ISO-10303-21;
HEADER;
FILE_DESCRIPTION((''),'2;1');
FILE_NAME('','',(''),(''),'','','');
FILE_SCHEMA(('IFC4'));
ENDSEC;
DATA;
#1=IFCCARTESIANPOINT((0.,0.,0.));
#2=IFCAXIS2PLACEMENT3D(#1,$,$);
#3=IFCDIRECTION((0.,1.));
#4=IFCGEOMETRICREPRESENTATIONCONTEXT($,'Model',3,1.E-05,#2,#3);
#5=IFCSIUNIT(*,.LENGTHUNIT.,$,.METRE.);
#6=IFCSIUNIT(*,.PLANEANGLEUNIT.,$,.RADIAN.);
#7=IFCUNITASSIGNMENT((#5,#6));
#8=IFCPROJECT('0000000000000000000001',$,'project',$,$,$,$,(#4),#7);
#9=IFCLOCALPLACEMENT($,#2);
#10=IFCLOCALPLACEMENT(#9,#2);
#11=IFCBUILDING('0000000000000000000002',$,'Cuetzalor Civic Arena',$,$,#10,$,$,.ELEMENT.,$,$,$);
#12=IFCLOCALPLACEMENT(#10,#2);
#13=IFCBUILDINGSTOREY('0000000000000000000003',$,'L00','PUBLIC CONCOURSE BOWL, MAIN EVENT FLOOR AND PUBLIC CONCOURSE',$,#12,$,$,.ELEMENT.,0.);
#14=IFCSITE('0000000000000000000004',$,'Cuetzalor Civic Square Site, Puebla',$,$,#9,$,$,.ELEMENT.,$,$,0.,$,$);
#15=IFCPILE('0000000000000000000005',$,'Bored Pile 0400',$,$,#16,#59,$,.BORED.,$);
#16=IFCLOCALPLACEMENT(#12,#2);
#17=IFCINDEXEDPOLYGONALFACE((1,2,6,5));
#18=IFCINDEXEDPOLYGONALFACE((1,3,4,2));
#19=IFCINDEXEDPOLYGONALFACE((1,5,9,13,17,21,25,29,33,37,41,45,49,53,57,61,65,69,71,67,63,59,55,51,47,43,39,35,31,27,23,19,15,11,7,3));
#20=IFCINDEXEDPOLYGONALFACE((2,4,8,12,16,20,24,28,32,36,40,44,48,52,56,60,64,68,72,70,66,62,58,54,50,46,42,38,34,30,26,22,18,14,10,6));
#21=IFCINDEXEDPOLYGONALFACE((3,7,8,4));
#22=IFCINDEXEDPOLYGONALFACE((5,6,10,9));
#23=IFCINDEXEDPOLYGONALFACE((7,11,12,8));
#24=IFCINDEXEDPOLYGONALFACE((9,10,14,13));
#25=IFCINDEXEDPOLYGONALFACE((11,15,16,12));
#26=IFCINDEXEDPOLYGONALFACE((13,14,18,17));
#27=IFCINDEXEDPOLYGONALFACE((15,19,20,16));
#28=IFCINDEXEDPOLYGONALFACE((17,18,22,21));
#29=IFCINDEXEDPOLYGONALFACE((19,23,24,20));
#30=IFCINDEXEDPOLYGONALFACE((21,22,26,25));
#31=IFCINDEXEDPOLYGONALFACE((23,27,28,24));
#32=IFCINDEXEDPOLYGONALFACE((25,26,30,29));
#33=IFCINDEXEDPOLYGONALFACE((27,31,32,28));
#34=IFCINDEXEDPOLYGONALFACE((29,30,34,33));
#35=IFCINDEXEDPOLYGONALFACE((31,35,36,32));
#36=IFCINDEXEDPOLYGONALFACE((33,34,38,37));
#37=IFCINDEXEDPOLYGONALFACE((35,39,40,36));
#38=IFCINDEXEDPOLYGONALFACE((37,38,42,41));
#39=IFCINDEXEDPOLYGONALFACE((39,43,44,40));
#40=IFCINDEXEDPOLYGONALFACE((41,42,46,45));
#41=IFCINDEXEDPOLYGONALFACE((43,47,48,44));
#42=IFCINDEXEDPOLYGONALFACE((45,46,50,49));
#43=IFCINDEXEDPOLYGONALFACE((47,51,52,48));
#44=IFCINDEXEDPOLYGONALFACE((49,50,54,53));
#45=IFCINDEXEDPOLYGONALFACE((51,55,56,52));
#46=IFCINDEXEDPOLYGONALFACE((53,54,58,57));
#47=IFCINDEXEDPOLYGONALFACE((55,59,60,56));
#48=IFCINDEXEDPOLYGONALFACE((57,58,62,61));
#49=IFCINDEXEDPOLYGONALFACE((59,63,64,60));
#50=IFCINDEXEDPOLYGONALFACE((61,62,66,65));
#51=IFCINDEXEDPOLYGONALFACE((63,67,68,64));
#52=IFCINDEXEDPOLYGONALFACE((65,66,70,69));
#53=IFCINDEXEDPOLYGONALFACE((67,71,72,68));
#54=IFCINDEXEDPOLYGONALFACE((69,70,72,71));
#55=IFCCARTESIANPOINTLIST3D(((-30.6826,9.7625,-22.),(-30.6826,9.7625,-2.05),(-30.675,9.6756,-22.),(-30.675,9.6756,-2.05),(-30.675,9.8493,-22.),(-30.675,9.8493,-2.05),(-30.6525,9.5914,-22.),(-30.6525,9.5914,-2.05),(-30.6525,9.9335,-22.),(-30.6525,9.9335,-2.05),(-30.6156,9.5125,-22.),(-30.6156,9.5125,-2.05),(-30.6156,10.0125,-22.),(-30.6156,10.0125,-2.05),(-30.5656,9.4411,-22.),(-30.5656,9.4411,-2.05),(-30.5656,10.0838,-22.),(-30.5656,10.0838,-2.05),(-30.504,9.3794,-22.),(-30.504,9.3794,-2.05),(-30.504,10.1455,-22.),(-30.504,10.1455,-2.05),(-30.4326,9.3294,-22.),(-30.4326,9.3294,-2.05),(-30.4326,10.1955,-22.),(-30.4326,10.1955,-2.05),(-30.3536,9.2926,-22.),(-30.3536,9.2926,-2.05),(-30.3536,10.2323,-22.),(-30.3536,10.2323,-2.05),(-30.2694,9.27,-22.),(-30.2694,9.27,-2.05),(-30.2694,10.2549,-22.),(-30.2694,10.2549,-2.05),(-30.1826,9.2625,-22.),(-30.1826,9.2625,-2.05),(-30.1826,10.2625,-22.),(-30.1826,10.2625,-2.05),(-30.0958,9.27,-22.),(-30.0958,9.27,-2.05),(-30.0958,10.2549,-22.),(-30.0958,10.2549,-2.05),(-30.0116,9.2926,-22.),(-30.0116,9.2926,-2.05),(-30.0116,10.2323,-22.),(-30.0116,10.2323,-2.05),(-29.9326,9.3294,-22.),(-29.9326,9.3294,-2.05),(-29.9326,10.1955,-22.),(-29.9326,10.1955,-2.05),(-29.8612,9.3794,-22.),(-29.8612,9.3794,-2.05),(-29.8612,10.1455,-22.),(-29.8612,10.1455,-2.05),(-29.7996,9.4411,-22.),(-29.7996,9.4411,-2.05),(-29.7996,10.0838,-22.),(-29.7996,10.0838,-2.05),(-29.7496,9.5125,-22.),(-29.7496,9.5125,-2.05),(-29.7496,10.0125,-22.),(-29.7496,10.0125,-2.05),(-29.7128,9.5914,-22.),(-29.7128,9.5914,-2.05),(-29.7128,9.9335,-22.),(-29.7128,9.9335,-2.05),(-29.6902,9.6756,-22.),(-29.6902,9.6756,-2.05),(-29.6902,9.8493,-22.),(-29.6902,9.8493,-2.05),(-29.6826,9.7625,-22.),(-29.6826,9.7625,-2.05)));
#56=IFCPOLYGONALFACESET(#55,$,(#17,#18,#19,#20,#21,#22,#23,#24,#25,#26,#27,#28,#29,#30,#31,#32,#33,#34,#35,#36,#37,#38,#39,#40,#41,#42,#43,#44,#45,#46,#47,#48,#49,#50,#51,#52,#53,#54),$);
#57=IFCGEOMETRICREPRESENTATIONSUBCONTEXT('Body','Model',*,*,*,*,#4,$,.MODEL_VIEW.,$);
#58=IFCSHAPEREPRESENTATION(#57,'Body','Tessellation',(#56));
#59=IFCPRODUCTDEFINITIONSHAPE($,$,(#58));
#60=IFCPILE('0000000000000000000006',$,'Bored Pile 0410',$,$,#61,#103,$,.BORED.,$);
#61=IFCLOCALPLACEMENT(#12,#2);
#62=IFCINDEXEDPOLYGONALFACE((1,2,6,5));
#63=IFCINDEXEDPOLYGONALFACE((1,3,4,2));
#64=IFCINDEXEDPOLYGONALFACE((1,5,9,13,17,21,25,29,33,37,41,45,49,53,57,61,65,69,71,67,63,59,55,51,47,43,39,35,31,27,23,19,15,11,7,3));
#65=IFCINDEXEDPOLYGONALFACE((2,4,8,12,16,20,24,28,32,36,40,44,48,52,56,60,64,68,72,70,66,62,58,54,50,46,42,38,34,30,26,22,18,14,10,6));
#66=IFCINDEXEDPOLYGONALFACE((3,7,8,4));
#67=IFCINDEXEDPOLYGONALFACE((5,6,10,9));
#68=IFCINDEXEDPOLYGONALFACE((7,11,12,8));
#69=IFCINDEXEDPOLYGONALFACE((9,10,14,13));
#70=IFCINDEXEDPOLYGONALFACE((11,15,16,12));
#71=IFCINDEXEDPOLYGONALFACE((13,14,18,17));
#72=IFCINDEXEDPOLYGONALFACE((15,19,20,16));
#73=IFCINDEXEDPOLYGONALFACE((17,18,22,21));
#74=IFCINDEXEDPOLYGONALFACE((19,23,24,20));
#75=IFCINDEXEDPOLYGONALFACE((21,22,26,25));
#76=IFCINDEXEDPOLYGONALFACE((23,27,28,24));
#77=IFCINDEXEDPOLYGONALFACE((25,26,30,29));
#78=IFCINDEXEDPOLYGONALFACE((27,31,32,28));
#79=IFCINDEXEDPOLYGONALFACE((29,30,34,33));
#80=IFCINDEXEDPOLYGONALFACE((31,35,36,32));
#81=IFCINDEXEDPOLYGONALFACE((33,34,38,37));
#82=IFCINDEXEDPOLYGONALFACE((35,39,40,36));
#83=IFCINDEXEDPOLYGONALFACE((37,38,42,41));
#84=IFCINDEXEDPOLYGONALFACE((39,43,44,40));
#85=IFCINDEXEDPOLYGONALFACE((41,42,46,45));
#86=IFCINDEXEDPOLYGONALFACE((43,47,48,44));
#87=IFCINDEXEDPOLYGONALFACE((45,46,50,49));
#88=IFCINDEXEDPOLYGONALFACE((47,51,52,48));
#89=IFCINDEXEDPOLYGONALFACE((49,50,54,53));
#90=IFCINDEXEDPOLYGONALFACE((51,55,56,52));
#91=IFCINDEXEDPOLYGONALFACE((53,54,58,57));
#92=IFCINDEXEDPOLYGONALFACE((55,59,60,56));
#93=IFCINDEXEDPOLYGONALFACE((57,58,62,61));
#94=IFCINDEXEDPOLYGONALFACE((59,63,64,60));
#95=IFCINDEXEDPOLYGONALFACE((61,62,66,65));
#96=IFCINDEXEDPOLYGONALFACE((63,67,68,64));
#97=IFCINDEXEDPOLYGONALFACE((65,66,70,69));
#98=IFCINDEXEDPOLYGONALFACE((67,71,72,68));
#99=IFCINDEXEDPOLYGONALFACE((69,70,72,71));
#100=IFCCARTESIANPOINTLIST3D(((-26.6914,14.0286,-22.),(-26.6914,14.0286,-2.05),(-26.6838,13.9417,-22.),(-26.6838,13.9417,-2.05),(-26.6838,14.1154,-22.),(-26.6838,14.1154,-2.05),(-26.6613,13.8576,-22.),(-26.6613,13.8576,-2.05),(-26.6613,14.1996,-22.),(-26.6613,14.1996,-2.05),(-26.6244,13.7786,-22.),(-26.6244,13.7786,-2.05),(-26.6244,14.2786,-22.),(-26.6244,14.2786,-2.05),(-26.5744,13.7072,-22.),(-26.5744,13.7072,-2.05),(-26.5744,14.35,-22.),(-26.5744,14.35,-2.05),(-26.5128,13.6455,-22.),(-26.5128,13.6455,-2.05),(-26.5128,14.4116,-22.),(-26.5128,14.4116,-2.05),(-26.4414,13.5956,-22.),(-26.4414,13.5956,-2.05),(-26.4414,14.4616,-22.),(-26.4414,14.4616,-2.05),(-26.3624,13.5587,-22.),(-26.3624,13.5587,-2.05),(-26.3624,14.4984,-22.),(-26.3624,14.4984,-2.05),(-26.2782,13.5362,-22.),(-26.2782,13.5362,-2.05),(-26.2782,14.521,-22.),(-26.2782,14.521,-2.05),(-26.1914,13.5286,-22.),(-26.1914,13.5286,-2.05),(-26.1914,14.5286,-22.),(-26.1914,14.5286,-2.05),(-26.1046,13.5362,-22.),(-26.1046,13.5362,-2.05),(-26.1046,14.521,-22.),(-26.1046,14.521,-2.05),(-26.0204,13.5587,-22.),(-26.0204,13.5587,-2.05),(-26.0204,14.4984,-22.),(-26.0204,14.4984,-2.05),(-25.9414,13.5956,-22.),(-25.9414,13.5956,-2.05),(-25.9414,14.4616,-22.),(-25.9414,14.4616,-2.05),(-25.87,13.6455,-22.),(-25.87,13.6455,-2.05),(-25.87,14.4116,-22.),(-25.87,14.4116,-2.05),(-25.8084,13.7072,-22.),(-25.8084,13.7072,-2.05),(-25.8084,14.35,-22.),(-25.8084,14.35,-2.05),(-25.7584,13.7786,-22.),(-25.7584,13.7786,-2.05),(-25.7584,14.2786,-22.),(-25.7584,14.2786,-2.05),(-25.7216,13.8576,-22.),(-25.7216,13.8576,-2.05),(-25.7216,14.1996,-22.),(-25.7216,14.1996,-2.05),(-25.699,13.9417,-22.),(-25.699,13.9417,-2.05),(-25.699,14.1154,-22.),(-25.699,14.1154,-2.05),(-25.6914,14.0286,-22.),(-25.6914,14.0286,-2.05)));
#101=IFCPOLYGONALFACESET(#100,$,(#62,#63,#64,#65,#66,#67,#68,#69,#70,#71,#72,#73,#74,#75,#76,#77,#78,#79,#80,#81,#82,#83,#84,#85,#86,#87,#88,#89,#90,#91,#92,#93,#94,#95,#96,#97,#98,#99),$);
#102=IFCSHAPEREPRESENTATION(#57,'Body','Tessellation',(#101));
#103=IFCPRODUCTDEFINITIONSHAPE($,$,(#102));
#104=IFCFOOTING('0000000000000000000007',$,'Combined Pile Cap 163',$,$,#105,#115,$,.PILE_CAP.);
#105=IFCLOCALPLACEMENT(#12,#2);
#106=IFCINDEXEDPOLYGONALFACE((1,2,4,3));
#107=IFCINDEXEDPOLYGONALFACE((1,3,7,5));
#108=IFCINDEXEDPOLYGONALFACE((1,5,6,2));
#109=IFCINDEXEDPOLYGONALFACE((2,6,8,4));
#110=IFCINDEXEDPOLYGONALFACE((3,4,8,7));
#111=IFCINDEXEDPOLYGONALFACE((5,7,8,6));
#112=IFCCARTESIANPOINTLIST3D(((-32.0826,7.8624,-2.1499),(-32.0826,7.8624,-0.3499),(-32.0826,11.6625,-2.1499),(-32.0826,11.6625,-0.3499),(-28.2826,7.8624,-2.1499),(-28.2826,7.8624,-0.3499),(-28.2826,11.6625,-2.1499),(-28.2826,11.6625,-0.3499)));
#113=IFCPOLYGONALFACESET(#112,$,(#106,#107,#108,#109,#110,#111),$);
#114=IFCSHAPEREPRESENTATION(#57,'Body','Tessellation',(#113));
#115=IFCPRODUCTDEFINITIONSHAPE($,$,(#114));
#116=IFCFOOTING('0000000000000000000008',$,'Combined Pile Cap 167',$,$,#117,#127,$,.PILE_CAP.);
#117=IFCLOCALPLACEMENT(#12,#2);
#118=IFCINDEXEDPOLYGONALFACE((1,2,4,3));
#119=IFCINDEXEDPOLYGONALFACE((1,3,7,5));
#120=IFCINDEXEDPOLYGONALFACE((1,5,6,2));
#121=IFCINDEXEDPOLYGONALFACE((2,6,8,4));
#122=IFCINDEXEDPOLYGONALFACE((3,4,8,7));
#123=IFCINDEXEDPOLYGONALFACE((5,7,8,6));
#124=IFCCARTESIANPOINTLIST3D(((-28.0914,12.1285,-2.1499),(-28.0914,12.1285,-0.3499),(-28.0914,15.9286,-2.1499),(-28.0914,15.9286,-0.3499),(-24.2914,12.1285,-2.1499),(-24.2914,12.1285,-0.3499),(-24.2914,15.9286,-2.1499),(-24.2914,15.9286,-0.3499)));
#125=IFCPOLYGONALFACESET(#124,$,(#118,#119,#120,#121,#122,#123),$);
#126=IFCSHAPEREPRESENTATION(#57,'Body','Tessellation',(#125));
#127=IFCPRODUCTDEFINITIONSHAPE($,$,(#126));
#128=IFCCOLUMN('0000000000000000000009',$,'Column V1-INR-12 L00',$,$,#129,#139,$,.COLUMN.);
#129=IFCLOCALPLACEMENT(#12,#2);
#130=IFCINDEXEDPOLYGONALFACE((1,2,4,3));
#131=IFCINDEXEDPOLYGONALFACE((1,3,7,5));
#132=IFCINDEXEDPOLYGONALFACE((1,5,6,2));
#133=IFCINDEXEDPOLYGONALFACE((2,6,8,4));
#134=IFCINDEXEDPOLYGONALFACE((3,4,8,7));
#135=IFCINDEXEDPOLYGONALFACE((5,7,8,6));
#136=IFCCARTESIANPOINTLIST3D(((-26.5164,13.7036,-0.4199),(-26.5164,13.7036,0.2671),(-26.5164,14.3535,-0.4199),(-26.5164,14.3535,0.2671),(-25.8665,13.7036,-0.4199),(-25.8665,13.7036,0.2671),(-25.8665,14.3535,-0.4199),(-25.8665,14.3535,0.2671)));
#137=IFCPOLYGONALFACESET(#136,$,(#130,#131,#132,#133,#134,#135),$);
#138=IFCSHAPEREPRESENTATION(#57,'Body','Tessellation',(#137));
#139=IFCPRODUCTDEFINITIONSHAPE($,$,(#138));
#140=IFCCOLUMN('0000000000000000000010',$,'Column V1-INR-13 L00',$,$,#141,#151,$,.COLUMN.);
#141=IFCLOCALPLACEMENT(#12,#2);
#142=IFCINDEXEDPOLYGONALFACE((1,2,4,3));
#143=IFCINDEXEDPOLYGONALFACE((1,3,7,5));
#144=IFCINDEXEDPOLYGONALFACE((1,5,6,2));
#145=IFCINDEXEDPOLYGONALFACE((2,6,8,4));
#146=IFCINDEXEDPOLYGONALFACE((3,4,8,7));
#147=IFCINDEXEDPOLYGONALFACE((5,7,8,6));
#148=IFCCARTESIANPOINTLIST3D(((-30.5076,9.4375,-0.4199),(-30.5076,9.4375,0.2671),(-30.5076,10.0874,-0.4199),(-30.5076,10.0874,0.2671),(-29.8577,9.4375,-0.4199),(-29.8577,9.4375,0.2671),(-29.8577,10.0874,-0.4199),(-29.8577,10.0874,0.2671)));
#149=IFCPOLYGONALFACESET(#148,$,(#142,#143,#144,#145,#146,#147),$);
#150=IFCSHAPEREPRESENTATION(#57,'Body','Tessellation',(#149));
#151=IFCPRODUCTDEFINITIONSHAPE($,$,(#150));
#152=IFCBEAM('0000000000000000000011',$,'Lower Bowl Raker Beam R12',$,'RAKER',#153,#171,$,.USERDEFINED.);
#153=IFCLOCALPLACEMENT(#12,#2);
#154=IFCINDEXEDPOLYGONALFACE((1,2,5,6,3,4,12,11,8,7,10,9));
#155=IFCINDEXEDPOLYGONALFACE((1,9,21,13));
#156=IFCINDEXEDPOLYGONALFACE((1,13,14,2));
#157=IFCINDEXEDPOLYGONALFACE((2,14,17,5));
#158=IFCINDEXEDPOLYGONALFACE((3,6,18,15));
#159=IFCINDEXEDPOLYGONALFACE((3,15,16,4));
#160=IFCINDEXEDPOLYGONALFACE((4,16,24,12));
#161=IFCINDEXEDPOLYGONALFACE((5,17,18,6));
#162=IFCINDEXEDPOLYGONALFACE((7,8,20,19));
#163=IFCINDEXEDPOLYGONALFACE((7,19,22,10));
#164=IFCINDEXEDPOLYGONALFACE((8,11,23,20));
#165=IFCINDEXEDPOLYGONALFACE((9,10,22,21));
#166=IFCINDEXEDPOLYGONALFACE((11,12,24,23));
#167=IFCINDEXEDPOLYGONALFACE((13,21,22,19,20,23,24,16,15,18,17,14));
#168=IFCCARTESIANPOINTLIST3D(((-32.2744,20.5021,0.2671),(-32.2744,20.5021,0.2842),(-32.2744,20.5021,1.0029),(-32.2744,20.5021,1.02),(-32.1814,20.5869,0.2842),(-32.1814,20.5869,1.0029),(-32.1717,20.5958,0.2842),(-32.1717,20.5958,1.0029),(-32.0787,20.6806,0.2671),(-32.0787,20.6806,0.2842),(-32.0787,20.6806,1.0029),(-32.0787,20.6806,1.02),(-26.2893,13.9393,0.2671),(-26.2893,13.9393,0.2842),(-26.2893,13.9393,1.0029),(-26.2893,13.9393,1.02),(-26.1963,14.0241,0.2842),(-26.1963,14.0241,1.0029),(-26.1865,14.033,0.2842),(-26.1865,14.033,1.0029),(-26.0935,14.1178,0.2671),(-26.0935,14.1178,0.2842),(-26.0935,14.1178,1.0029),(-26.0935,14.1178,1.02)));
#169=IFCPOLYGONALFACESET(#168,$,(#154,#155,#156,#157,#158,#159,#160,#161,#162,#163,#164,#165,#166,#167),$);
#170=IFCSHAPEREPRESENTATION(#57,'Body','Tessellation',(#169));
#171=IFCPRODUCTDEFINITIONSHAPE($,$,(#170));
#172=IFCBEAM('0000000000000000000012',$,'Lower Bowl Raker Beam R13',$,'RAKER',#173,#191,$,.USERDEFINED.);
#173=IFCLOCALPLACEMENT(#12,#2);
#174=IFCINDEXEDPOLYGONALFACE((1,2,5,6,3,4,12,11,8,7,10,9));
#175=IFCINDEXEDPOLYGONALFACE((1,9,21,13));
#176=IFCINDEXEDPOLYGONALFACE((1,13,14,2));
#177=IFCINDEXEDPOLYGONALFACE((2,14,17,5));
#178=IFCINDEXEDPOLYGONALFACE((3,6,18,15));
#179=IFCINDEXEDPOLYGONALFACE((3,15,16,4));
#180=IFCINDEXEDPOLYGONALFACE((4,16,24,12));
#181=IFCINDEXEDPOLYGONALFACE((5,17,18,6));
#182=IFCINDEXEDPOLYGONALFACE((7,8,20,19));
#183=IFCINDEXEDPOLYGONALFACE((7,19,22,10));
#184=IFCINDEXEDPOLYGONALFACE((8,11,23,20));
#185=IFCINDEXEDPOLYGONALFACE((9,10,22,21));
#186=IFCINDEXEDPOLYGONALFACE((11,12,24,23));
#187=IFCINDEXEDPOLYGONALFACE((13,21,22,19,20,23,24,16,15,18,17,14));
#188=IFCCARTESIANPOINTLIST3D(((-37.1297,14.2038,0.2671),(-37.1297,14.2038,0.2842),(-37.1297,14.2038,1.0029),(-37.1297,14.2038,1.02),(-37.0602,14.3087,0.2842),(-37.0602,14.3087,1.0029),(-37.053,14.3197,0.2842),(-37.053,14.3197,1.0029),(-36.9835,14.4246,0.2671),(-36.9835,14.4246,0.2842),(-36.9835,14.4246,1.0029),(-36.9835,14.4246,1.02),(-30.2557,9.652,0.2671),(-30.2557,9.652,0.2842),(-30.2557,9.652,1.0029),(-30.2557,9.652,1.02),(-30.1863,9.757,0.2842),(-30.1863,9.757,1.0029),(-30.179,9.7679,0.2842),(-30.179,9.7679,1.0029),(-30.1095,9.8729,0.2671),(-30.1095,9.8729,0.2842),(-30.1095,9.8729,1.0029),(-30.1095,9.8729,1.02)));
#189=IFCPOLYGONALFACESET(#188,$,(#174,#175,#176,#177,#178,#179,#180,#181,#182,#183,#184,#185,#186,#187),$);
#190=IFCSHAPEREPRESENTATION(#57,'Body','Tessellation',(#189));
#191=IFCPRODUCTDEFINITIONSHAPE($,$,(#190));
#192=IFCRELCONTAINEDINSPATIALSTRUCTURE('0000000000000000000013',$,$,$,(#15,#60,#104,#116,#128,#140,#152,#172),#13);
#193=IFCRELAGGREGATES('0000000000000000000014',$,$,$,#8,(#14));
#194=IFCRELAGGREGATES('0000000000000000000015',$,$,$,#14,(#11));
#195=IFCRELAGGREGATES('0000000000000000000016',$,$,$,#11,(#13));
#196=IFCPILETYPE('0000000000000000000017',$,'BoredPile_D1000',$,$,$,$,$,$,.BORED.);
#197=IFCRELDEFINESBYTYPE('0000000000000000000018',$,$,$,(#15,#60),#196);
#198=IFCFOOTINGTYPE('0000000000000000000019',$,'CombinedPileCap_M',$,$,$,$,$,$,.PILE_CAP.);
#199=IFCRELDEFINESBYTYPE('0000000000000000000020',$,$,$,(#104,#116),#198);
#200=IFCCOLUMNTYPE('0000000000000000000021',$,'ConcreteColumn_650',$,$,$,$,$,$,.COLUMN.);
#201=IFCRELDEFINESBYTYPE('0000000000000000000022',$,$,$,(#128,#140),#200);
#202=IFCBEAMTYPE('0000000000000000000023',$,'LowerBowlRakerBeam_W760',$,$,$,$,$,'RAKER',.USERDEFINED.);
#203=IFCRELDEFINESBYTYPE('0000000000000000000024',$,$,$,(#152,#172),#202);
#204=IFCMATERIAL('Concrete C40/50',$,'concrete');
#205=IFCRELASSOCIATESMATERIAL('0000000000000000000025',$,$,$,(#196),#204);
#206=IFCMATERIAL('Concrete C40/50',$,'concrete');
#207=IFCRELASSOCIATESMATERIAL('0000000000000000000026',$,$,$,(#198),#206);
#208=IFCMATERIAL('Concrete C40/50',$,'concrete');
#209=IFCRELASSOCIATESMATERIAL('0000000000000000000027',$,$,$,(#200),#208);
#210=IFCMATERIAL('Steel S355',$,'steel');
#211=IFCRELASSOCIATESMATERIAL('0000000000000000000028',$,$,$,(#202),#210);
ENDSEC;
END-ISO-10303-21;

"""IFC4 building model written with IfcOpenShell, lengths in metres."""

from ifc_helpers import new_model, si_unit, direction, frame, origin, origin_2d, place, context, subcontext, project, spatial, rectangle, circle, i_section, extrude, material, material_profile, profile_set, type_object, element, save


model = new_model("IFC4")

# Units and contexts
model_context = context("Model", 3, precision=1e-05, world=origin(), true_north=direction((0.0, 1.0)))
body_context = subcontext(model_context, "Body", "Model", "MODEL_VIEW")
ifc_project = project(units=[si_unit("LENGTHUNIT", "METRE"), si_unit("PLANEANGLEUNIT", "RADIAN")], contexts=[model_context])

# Site, building, storey
site_placement = place(None, origin())
site = spatial("IfcSite", under=ifc_project, at=site_placement, Name="Cuetzalor Civic Square Site, Puebla", CompositionType="ELEMENT", RefElevation=0.0)
building_placement = place(site_placement, origin())
building = spatial("IfcBuilding", under=site, at=building_placement, Name="Cuetzalor Civic Arena", CompositionType="ELEMENT")
storey_placement = place(building_placement, origin())
storey = spatial("IfcBuildingStorey", under=building, at=storey_placement, Name="L00", Description="PUBLIC CONCOURSE BOWL, MAIN EVENT FLOOR AND PUBLIC CONCOURSE", CompositionType="ELEMENT", Elevation=0.0)

# Piles
ifc_material_1 = material(Name="Concrete C40/50", Category="concrete")
ifc_material_profile_1 = material_profile(ifc_material_1, circle(Radius=0.5, at=origin_2d()), Name="BORED PILE D1000")
ifc_profile_set_1 = profile_set([ifc_material_profile_1], Name="Concrete C40/50")
pile_type = type_object("IfcPileType", Name="BoredPile_D1000", PredefinedType="BORED", material=ifc_profile_set_1)
for number, where, z_axis, x_axis, name in (
    (1, (-30.1826, 9.7625, -2.05), (0.0, 0.0, -1.0), (1.0, 0.0, 0.0), "Bored Pile 0400"),
    (2, (-26.1914, 14.0286, -2.05), (0.0, 0.0, -1.0), (1.0, 0.0, 0.0), "Bored Pile 0410"),
):
    element("IfcPile", number, at=place(storey_placement, frame(where, z_axis=z_axis, x_axis=x_axis)), inside=storey, type_object=pile_type, Name=name, PredefinedType="BORED", context=body_context, shape_type="SweptSolid", body=[
        extrude(circle(Radius=0.5, at=origin_2d()), origin(), (0.0, 0.0, 1.0), 19.95),
    ])

# Footings
ifc_material_2 = material(Name="Concrete C40/50", Category="concrete")
footing_type = type_object("IfcFootingType", Name="CombinedPileCap_M", PredefinedType="PILE_CAP", material=ifc_material_2)
for number, where, z_axis, x_axis, name in (
    (3, (-30.1826, 9.7625, -2.1499), (0.0, 0.0, 1.0), (1.0, 0.0, 0.0), "Combined Pile Cap 163"),
    (4, (-26.1914, 14.0286, -2.1499), (0.0, 0.0, 1.0), (1.0, 0.0, 0.0), "Combined Pile Cap 167"),
):
    element("IfcFooting", number, at=place(storey_placement, frame(where, z_axis=z_axis, x_axis=x_axis)), inside=storey, type_object=footing_type, Name=name, PredefinedType="PILE_CAP", context=body_context, shape_type="SweptSolid", body=[
        extrude(rectangle(XDim=3.8, YDim=3.8, at=origin_2d()), origin(), (0.0, 0.0, 1.0), 1.8),
    ])

# Columns
ifc_material_3 = material(Name="Concrete C40/50", Category="concrete")
ifc_material_profile_2 = material_profile(ifc_material_3, rectangle(XDim=0.6499, YDim=0.6499, at=origin_2d()), Name="RC 650x650")
ifc_profile_set_2 = profile_set([ifc_material_profile_2], Name="Concrete C40/50")
column_type = type_object("IfcColumnType", Name="ConcreteColumn_650", PredefinedType="COLUMN", material=ifc_profile_set_2)
for number, where, z_axis, x_axis, name in (
    (5, (-26.1914, 14.0286, -0.4199), (0.0, 0.0, 1.0), (1.0, 0.0, 0.0), "Column V1-INR-12 L00"),
    (6, (-30.1826, 9.7625, -0.4199), (0.0, 0.0, 1.0), (1.0, 0.0, 0.0), "Column V1-INR-13 L00"),
):
    element("IfcColumn", number, at=place(storey_placement, frame(where, z_axis=z_axis, x_axis=x_axis)), inside=storey, type_object=column_type, Name=name, PredefinedType="COLUMN", context=body_context, shape_type="SweptSolid", body=[
        extrude(rectangle(XDim=0.6499, YDim=0.6499, at=origin_2d()), origin(), (0.0, 0.0, 1.0), 0.687),
    ])

# Beams
ifc_material_4 = material(Name="Steel S355", Category="steel")
ifc_material_profile_3 = material_profile(ifc_material_4, i_section(OverallWidth=0.2649, OverallDepth=0.7529, WebThickness=0.0132, FlangeThickness=0.0171, at=origin_2d()), Name="W760x147")
ifc_profile_set_3 = profile_set([ifc_material_profile_3], Name="Steel S355")
beam_type = type_object("IfcBeamType", Name="LowerBowlRakerBeam_W760", ElementType="RAKER", PredefinedType="USERDEFINED", material=ifc_profile_set_3)
beam_1_placement = place(storey_placement, frame((-26.1914, 14.0286, 0.6436), z_axis=(-0.673842, 0.738876, 0.0), x_axis=(-0.738876, -0.673842, 0.0)))
element("IfcBeam", 7, at=beam_1_placement, inside=storey, type_object=beam_type, Name="Lower Bowl Raker Beam R12", ObjectType="RAKER", PredefinedType="USERDEFINED", context=body_context, shape_type="SweptSolid", body=[
    extrude(i_section(OverallWidth=0.2649, OverallDepth=0.7529, WebThickness=0.0132, FlangeThickness=0.0171, at=origin_2d()), origin(), (0.0, 0.0, 1.0), 8.8821),
])
beam_2_placement = place(storey_placement, frame((-30.1826, 9.7625, 0.6436), z_axis=(-0.833777, 0.552101, 0.0), x_axis=(-0.552101, -0.833777, 0.0)))
element("IfcBeam", 8, at=beam_2_placement, inside=storey, type_object=beam_type, Name="Lower Bowl Raker Beam R13", ObjectType="RAKER", PredefinedType="USERDEFINED", context=body_context, shape_type="SweptSolid", body=[
    extrude(i_section(OverallWidth=0.2649, OverallDepth=0.7529, WebThickness=0.0132, FlangeThickness=0.0171, at=origin_2d()), origin(), (0.0, 0.0, 1.0), 8.2444),
])

save(model, "model.ifc")
